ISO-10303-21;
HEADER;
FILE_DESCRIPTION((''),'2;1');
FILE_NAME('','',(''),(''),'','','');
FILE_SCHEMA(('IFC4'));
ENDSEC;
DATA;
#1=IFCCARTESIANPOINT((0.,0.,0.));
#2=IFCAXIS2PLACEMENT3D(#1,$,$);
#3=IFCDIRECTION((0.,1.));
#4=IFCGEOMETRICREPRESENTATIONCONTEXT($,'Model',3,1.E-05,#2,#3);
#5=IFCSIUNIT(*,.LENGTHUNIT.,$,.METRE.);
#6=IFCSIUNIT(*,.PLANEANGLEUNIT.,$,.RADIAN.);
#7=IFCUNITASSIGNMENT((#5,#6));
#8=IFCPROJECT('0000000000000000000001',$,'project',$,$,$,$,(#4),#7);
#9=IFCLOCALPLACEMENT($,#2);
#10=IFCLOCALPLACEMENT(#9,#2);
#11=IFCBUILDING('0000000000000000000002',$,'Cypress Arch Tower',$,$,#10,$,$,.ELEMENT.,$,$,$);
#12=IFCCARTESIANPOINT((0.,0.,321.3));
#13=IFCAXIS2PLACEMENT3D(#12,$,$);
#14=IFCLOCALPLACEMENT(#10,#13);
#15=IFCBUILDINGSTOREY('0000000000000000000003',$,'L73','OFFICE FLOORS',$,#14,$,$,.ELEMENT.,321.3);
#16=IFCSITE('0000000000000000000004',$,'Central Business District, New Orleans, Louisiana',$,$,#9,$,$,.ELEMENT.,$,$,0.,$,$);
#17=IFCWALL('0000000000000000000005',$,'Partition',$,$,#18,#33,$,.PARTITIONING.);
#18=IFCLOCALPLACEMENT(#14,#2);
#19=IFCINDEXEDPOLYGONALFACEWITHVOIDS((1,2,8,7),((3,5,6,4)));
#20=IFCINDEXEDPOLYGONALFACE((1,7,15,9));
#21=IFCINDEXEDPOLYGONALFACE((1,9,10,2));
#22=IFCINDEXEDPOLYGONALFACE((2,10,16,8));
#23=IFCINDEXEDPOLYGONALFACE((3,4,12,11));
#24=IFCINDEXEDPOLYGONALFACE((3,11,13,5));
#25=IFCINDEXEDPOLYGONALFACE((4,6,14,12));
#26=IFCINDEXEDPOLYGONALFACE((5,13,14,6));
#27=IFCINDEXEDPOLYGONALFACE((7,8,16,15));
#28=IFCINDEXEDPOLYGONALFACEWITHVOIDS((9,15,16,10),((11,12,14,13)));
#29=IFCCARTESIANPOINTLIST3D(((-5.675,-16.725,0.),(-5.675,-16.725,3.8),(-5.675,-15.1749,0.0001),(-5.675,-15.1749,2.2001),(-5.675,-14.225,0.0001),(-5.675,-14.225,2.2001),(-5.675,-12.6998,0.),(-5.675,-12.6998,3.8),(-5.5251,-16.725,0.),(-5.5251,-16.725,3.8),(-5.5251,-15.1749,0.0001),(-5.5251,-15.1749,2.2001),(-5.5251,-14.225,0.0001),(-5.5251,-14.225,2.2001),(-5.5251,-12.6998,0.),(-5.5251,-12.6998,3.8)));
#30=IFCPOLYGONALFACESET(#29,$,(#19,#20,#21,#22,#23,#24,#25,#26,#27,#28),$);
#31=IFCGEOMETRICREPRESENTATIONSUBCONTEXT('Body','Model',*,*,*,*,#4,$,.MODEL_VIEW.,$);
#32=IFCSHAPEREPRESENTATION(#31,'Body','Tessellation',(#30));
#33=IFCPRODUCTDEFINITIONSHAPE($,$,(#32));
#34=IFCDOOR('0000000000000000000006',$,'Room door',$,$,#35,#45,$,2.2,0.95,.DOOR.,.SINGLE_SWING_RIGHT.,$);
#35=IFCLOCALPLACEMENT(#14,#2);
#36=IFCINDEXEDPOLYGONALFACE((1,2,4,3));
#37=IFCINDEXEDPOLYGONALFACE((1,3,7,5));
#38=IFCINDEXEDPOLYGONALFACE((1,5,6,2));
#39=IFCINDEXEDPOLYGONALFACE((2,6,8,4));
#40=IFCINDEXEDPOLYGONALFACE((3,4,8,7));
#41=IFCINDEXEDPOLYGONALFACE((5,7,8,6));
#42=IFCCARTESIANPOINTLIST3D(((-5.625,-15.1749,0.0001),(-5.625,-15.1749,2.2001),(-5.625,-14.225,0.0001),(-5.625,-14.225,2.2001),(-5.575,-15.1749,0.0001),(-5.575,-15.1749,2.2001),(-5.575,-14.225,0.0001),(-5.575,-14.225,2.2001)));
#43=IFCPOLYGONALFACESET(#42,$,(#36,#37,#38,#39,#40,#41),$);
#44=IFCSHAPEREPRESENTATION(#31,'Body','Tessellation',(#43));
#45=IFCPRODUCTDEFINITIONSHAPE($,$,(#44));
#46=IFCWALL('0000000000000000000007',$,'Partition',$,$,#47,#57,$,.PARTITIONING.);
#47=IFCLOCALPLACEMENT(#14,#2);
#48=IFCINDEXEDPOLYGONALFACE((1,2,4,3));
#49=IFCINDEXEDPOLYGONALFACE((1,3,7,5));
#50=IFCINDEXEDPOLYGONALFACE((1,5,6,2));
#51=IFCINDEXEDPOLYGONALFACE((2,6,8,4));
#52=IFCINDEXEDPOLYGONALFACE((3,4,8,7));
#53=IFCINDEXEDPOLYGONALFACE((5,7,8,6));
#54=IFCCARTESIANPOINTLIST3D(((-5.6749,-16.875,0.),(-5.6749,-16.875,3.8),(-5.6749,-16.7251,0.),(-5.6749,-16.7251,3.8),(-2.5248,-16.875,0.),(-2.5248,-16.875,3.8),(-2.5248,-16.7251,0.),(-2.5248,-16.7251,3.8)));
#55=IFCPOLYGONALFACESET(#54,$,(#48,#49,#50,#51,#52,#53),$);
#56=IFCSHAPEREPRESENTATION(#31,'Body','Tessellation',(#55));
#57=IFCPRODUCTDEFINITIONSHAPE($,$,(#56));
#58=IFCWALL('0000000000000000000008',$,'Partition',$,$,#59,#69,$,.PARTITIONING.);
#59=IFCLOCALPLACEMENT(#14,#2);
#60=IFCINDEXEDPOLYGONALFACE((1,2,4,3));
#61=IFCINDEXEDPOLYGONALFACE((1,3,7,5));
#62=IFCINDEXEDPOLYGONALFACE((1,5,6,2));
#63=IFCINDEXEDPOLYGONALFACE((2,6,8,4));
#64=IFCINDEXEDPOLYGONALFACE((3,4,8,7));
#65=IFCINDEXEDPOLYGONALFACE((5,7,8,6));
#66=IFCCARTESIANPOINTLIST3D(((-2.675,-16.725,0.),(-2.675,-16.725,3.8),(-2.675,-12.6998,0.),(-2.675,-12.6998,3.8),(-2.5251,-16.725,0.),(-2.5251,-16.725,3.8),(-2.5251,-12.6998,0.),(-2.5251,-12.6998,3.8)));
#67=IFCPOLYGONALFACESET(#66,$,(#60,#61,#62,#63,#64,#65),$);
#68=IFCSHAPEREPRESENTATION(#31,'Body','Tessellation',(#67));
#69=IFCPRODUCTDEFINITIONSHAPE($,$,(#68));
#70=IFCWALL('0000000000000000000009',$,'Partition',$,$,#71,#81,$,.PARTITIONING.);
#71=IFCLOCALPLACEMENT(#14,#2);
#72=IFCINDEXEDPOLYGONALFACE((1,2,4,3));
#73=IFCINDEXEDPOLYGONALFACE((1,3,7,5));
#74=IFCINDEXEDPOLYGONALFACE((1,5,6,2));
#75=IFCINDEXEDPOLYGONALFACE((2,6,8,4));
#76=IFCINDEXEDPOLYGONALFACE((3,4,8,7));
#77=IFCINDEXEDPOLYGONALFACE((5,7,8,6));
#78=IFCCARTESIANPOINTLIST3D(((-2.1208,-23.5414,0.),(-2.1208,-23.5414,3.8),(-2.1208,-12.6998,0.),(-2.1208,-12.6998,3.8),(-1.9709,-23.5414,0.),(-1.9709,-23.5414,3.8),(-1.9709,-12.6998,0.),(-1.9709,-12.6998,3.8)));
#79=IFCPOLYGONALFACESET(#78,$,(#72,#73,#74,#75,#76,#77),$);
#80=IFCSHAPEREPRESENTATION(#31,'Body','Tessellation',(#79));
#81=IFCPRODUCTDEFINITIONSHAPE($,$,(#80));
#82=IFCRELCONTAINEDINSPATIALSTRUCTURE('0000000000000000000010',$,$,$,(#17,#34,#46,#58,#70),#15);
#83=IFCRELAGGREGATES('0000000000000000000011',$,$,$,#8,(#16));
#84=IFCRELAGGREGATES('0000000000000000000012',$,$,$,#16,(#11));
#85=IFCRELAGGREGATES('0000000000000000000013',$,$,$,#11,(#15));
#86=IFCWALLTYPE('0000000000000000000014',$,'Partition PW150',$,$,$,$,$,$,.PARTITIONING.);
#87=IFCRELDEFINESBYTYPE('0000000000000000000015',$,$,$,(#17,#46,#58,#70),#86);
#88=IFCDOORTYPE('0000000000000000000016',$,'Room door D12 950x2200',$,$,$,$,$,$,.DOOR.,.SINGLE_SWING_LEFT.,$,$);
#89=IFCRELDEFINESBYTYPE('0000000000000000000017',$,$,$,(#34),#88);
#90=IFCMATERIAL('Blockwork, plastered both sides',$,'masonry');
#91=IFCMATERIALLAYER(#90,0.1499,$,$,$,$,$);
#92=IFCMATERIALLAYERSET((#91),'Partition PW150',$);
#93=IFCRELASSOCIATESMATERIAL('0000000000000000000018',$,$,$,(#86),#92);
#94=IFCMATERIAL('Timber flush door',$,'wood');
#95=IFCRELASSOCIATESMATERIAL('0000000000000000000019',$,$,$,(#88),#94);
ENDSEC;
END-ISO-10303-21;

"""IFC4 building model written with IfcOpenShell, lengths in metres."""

from ifc_helpers import new_model, si_unit, direction, frame, frame_2d, origin, place, context, subcontext, project, spatial, rectangle, extrude, material, layer, layer_set, type_object, element, fill, save


model = new_model("IFC4")

# Units and contexts
model_context = context("Model", 3, precision=1e-05, world=origin(), true_north=direction((0.0, 1.0)))
body_context = subcontext(model_context, "Body", "Model", "MODEL_VIEW")
ifc_project = project(units=[si_unit("LENGTHUNIT", "METRE"), si_unit("PLANEANGLEUNIT", "RADIAN")], contexts=[model_context])

# Site, building, storey
site_placement = place(None, origin())
site = spatial("IfcSite", under=ifc_project, at=site_placement, Name="Central Business District, New Orleans, Louisiana", CompositionType="ELEMENT", RefElevation=0.0)
building_placement = place(site_placement, origin())
building = spatial("IfcBuilding", under=site, at=building_placement, Name="Cypress Arch Tower", CompositionType="ELEMENT")
storey_placement = place(building_placement, frame((0.0, 0.0, 321.3)))
storey = spatial("IfcBuildingStorey", under=building, at=storey_placement, Name="L73", Description="OFFICE FLOORS", CompositionType="ELEMENT", Elevation=321.3)

# Shared definitions
ifc_material_1 = material(Name="Blockwork, plastered both sides", Category="masonry")
ifc_layer_1 = layer(ifc_material_1, 0.1499)
ifc_layer_set_1 = layer_set([ifc_layer_1], Name="Partition PW150")
wall_type_1 = type_object("IfcWallType", Name="Partition PW150", PredefinedType="PARTITIONING", material=ifc_layer_set_1)

# Wall, opening, door
wall_1_placement = place(storey_placement, frame((-5.6001, -16.7251, 0.0), z_axis=(0.0, 0.0, 1.0), x_axis=(0.0, 1.0, 0.0)))
wall_1 = element("IfcWall", 1, at=wall_1_placement, inside=storey, type_object=wall_type_1, Name="Partition", PredefinedType="PARTITIONING", context=body_context, shape_type="SweptSolid", body=[
    extrude(rectangle(XDim=4.0251, YDim=0.1499, at=frame_2d((2.0127, 0.0))), origin(), (0.0, 0.0, 1.0), 3.8),
])
opening_1_placement = place(wall_1_placement, frame((1.55, 0.0, 0.0)))
opening_1 = element("IfcOpeningElement", 2, at=opening_1_placement, cuts=wall_1, PredefinedType="OPENING", context=body_context, shape_type="SweptSolid", body=[
    extrude(rectangle(XDim=0.95, YDim=2.2, at=frame_2d((0.4751, 1.1001))), frame((0.0, 0.085, 0.0), z_axis=(0.0, -1.0, 0.0), x_axis=(1.0, 0.0, 0.0)), (0.0, 0.0, 1.0), 0.1699),
])
ifc_material_2 = material(Name="Timber flush door", Category="wood")
door_type = type_object("IfcDoorType", Name="Room door D12 950x2200", OperationType="SINGLE_SWING_LEFT", PredefinedType="DOOR", material=ifc_material_2)
door_placement = place(opening_1_placement, origin())
door = element("IfcDoor", 3, at=door_placement, inside=storey, type_object=door_type, Name="Room door", OperationType="SINGLE_SWING_RIGHT", OverallHeight=2.2, OverallWidth=0.95, PredefinedType="DOOR", context=body_context, shape_type="SweptSolid", body=[
    extrude(rectangle(XDim=0.95, YDim=2.2, at=frame_2d((0.4751, 1.1001))), frame((0.0, 0.0249, 0.0), z_axis=(0.0, -1.0, 0.0), x_axis=(1.0, 0.0, 0.0)), (0.0, 0.0, 1.0), 0.05),
])
fill(opening_1, door)

# Walls
wall_2_placement = place(storey_placement, frame((-5.675, -16.8, 0.0), z_axis=(0.0, 0.0, 1.0), x_axis=(1.0, 0.0, 0.0)))
element("IfcWall", 4, at=wall_2_placement, inside=storey, type_object=wall_type_1, Name="Partition", PredefinedType="PARTITIONING", context=body_context, shape_type="SweptSolid", body=[
    extrude(rectangle(XDim=3.1501, YDim=0.1499, at=frame_2d((1.5752, 0.0))), origin(), (0.0, 0.0, 1.0), 3.8),
])
wall_3_placement = place(storey_placement, frame((-2.6001, -16.7251, 0.0), z_axis=(0.0, 0.0, 1.0), x_axis=(0.0, 1.0, 0.0)))
element("IfcWall", 5, at=wall_3_placement, inside=storey, type_object=wall_type_1, Name="Partition", PredefinedType="PARTITIONING", context=body_context, shape_type="SweptSolid", body=[
    extrude(rectangle(XDim=4.0251, YDim=0.1499, at=frame_2d((2.0127, 0.0))), origin(), (0.0, 0.0, 1.0), 3.8),
])
wall_4_placement = place(storey_placement, frame((-2.0459, -23.5415, 0.0), z_axis=(0.0, 0.0, 1.0), x_axis=(0.0, 1.0, 0.0)))
element("IfcWall", 6, at=wall_4_placement, inside=storey, type_object=wall_type_1, Name="Partition", PredefinedType="PARTITIONING", context=body_context, shape_type="SweptSolid", body=[
    extrude(rectangle(XDim=10.8416, YDim=0.1499, at=frame_2d((5.4209, 0.0))), origin(), (0.0, 0.0, 1.0), 3.8),
])

save(model, "model.ifc")
